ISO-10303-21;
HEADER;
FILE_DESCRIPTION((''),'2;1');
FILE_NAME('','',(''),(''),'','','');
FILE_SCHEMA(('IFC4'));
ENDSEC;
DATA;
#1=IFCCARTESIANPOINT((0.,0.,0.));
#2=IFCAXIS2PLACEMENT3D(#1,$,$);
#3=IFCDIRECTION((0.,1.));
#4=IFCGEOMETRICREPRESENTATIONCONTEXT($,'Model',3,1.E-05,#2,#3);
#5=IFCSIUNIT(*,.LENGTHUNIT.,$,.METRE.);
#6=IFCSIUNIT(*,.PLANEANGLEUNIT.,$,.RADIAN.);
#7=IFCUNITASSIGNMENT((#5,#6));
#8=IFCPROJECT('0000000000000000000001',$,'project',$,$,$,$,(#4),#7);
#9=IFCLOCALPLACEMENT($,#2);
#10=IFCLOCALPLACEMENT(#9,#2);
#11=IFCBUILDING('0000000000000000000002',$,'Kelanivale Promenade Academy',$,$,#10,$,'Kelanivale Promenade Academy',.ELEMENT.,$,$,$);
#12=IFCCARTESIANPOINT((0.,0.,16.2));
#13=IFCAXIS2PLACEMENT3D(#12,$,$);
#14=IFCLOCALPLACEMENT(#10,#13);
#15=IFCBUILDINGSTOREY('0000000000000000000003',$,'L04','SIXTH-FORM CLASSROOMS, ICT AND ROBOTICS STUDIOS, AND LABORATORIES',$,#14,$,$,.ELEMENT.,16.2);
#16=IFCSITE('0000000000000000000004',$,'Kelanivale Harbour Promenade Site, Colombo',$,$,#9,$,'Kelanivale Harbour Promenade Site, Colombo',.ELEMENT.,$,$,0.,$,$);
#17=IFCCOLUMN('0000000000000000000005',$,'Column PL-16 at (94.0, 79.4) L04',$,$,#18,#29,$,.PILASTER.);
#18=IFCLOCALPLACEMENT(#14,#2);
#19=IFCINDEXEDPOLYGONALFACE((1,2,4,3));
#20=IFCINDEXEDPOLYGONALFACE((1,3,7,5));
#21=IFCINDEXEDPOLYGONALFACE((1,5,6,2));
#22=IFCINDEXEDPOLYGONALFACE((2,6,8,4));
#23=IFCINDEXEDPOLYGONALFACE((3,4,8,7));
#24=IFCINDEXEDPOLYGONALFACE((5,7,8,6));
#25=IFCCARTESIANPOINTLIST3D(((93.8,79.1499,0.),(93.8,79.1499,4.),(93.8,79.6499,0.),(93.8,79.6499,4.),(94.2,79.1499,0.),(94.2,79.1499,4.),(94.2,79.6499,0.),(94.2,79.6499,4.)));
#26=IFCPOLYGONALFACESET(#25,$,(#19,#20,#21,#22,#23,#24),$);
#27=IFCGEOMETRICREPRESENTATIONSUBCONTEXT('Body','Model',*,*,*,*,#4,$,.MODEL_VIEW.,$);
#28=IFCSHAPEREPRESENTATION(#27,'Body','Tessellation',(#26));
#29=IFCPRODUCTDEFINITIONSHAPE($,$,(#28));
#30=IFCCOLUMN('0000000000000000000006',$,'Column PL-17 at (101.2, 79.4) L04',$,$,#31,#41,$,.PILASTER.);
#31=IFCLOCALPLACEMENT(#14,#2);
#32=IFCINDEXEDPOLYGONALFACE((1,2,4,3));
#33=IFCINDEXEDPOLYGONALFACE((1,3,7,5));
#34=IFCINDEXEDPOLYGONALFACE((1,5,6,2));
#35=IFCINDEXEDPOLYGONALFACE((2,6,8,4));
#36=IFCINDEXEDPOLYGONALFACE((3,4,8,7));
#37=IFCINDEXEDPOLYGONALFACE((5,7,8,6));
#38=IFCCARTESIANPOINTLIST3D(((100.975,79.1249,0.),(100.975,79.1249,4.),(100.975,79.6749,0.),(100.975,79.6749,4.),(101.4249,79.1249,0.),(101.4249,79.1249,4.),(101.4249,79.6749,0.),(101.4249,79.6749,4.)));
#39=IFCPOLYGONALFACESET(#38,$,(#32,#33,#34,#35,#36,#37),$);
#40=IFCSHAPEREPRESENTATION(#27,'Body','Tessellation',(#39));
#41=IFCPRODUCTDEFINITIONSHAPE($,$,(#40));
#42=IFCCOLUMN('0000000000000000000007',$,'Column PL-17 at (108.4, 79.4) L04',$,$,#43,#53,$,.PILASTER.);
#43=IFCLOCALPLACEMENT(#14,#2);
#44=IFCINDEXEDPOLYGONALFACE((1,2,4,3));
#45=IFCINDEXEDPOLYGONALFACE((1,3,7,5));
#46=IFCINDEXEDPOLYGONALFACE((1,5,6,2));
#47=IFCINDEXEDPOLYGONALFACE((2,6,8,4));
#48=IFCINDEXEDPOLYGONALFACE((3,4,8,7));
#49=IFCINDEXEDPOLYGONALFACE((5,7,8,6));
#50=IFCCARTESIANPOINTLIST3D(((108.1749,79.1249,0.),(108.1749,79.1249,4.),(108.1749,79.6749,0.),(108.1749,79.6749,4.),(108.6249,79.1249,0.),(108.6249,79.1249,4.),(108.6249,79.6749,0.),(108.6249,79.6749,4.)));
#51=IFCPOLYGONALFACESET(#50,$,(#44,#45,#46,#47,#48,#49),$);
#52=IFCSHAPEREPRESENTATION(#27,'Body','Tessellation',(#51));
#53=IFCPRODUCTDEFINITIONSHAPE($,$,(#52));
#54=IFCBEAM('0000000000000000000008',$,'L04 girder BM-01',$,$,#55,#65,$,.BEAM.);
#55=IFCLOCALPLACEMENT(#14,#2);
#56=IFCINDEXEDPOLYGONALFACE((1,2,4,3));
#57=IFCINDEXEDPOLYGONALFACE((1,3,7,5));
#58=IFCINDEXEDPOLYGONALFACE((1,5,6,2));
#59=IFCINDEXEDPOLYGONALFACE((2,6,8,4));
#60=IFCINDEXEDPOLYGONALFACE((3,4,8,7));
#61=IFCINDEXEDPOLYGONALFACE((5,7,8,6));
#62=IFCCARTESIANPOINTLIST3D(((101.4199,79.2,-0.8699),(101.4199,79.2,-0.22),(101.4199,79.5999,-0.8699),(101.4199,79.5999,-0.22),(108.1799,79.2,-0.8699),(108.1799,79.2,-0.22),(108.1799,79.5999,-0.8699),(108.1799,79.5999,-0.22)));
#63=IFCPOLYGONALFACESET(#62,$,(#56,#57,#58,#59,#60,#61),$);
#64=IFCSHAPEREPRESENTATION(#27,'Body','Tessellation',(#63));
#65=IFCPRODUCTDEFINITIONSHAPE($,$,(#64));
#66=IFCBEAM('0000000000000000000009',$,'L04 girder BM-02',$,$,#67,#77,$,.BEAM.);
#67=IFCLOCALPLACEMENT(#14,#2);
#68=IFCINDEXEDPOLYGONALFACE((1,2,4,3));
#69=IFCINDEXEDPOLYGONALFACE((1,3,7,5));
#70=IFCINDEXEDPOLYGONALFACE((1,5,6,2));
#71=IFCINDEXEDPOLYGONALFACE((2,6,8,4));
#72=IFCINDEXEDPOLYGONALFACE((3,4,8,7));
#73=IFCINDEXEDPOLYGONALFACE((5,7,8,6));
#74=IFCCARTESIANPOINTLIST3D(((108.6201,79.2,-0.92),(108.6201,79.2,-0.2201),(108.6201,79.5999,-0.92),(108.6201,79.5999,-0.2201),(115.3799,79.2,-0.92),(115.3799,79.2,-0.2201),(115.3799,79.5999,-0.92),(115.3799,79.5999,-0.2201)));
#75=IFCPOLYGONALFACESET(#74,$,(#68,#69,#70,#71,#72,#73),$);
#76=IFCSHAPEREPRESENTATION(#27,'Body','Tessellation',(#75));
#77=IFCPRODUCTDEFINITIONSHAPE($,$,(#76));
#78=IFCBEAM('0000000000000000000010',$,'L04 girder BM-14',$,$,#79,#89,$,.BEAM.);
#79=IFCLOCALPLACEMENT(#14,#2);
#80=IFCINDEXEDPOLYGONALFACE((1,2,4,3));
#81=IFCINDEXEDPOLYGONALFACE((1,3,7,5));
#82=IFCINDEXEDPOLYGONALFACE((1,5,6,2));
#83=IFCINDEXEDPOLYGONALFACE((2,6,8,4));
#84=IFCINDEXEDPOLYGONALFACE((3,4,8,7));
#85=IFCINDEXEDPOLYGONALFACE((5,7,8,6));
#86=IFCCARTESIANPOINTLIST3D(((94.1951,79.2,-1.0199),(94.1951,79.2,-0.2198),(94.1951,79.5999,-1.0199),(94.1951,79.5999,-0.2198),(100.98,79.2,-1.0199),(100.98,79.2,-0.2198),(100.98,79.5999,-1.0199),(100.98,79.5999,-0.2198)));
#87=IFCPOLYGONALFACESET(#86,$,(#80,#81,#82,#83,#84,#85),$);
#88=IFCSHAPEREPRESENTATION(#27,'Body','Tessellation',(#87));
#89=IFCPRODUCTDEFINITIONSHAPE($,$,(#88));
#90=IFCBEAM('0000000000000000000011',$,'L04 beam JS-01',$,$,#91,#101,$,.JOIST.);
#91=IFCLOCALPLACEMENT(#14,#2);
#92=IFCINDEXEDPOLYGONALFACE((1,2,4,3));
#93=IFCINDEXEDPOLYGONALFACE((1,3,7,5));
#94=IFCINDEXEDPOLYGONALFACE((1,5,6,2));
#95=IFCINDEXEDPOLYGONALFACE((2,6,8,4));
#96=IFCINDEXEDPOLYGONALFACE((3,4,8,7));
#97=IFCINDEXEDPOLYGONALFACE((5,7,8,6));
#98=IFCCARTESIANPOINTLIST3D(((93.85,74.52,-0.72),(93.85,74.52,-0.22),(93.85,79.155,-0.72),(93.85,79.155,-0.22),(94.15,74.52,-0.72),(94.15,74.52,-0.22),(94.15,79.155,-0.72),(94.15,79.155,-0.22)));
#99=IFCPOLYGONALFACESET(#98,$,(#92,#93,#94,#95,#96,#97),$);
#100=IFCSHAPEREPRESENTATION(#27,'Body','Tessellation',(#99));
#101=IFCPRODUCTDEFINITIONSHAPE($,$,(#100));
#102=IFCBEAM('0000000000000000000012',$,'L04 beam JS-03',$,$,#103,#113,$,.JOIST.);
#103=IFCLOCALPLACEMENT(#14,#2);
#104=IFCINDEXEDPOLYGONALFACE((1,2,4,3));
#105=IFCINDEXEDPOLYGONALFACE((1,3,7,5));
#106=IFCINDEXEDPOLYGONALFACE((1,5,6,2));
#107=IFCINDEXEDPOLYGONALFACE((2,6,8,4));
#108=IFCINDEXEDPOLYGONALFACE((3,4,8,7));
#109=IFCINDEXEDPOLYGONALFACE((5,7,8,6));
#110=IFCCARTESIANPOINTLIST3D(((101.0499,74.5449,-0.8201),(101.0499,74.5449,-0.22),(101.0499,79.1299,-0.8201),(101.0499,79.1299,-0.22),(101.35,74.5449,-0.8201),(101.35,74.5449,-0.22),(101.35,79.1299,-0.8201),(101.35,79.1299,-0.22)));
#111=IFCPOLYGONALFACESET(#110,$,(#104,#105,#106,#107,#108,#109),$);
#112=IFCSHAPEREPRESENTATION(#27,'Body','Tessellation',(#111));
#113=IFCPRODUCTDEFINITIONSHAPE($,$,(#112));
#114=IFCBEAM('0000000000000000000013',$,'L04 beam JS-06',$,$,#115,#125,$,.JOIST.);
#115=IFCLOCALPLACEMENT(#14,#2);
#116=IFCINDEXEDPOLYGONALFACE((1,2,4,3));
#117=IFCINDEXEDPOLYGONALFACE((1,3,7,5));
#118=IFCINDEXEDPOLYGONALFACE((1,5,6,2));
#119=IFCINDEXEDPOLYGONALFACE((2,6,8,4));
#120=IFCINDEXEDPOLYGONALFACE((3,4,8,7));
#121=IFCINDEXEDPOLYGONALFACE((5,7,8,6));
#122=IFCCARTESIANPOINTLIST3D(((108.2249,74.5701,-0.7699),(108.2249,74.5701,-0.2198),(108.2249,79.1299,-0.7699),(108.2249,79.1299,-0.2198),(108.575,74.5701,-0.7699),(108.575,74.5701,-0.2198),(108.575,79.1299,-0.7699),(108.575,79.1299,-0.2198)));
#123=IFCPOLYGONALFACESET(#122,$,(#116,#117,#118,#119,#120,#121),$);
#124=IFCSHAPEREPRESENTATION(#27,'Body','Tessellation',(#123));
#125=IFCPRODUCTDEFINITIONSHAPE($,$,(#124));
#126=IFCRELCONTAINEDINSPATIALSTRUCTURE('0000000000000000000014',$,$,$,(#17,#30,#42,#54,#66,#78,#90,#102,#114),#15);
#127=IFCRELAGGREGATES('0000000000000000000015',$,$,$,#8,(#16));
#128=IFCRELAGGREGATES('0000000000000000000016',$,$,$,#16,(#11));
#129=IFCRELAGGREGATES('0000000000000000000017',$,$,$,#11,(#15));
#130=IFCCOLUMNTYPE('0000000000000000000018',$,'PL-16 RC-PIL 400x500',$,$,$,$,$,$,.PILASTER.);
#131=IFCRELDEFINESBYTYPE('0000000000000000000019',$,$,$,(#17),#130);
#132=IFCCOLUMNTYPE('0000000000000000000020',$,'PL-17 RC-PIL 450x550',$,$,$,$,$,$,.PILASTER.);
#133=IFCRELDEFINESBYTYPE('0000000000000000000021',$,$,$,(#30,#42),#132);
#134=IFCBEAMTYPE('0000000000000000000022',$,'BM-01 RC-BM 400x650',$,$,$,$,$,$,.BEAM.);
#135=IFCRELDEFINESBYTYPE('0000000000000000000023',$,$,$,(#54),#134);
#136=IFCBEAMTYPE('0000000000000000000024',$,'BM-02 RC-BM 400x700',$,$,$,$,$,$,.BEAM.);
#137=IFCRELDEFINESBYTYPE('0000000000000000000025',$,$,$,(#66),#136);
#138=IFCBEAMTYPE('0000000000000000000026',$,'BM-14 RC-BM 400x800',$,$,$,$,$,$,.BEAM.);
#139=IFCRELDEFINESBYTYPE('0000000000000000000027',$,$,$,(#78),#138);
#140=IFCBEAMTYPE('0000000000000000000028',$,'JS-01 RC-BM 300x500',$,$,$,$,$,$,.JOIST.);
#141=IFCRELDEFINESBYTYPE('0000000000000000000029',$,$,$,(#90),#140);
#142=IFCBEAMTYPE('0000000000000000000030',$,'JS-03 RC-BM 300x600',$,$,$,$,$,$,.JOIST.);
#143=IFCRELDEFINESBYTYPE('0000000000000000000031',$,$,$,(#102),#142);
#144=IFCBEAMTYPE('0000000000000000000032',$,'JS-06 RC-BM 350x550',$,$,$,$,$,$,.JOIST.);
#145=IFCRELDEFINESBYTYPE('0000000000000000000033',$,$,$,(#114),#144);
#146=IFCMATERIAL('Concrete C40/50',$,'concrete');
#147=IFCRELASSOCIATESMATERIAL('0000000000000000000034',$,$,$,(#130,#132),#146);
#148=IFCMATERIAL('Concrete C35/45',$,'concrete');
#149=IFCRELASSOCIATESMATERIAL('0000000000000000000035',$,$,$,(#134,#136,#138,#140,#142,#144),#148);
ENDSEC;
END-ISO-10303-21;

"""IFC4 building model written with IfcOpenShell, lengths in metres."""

from ifc_helpers import new_model, si_unit, direction, frame, origin, origin_2d, place, context, subcontext, project, spatial, rectangle, extrude, material, material_profile, profile_set, type_object, element, save


model = new_model("IFC4")

# Units and contexts
model_context = context("Model", 3, precision=1e-05, world=origin(), true_north=direction((0.0, 1.0)))
body_context = subcontext(model_context, "Body", "Model", "MODEL_VIEW")
ifc_project = project(units=[si_unit("LENGTHUNIT", "METRE"), si_unit("PLANEANGLEUNIT", "RADIAN")], contexts=[model_context])

# Site, building, storey
site_placement = place(None, origin())
site = spatial("IfcSite", under=ifc_project, at=site_placement, Name="Kelanivale Harbour Promenade Site, Colombo", LongName="Kelanivale Harbour Promenade Site, Colombo", CompositionType="ELEMENT", RefElevation=0.0)
building_placement = place(site_placement, origin())
building = spatial("IfcBuilding", under=site, at=building_placement, Name="Kelanivale Promenade Academy", LongName="Kelanivale Promenade Academy", CompositionType="ELEMENT")
storey_placement = place(building_placement, frame((0.0, 0.0, 16.2)))
storey = spatial("IfcBuildingStorey", under=building, at=storey_placement, Name="L04", Description="SIXTH-FORM CLASSROOMS, ICT AND ROBOTICS STUDIOS, AND LABORATORIES", CompositionType="ELEMENT", Elevation=16.2)

# Columns
ifc_material_1 = material(Name="Concrete C40/50", Category="concrete")
ifc_material_profile_1 = material_profile(ifc_material_1, rectangle(XDim=0.3999, YDim=0.5, at=origin_2d()), Name="RC-PIL 400x500")
ifc_profile_set_1 = profile_set([ifc_material_profile_1], Name="Concrete C40/50")
column_type_1 = type_object("IfcColumnType", Name="PL-16 RC-PIL 400x500", PredefinedType="PILASTER", material=ifc_profile_set_1)
column_placement = place(storey_placement, frame((94.0, 79.3999, 0.0), z_axis=(0.0, 0.0, 1.0), x_axis=(1.0, 0.0, 0.0)))
element("IfcColumn", 1, at=column_placement, inside=storey, type_object=column_type_1, Name="Column PL-16 at (94.0, 79.4) L04", PredefinedType="PILASTER", context=body_context, shape_type="SweptSolid", body=[
    extrude(rectangle(XDim=0.3999, YDim=0.5, at=origin_2d()), origin(), (0.0, 0.0, 1.0), 4.0),
])
ifc_material_profile_2 = material_profile(ifc_material_1, rectangle(XDim=0.45, YDim=0.55, at=origin_2d()), Name="RC-PIL 450x550")
ifc_profile_set_2 = profile_set([ifc_material_profile_2], Name="Concrete C40/50")
column_type_2 = type_object("IfcColumnType", Name="PL-17 RC-PIL 450x550", PredefinedType="PILASTER", material=ifc_profile_set_2)
for number, where, z_axis, x_axis, name in (
    (2, (101.2, 79.3999, 0.0), (0.0, 0.0, 1.0), (1.0, 0.0, 0.0), "Column PL-17 at (101.2, 79.4) L04"),
    (3, (108.3999, 79.3999, 0.0), (0.0, 0.0, 1.0), (1.0, 0.0, 0.0), "Column PL-17 at (108.4, 79.4) L04"),
):
    element("IfcColumn", number, at=place(storey_placement, frame(where, z_axis=z_axis, x_axis=x_axis)), inside=storey, type_object=column_type_2, Name=name, PredefinedType="PILASTER", context=body_context, shape_type="SweptSolid", body=[
        extrude(rectangle(XDim=0.45, YDim=0.55, at=origin_2d()), origin(), (0.0, 0.0, 1.0), 4.0),
    ])

# Beams
ifc_material_2 = material(Name="Concrete C35/45", Category="concrete")
ifc_material_profile_3 = material_profile(ifc_material_2, rectangle(XDim=0.3999, YDim=0.6499, at=origin_2d()), Name="RC-BM 400x650")
ifc_profile_set_3 = profile_set([ifc_material_profile_3], Name="Concrete C35/45")
beam_type_1 = type_object("IfcBeamType", Name="BM-01 RC-BM 400x650", PredefinedType="BEAM", material=ifc_profile_set_3)
beam_1_placement = place(storey_placement, frame((101.4199, 79.3999, -0.5449), z_axis=(1.0, 0.0, 0.0), x_axis=(0.0, 1.0, 0.0)))
element("IfcBeam", 4, at=beam_1_placement, inside=storey, type_object=beam_type_1, Name="L04 girder BM-01", PredefinedType="BEAM", context=body_context, shape_type="SweptSolid", body=[
    extrude(rectangle(XDim=0.3999, YDim=0.6499, at=origin_2d()), origin(), (0.0, 0.0, 1.0), 6.76),
])
ifc_material_profile_4 = material_profile(ifc_material_2, rectangle(XDim=0.3999, YDim=0.7, at=origin_2d()), Name="RC-BM 400x700")
ifc_profile_set_4 = profile_set([ifc_material_profile_4], Name="Concrete C35/45")
beam_type_2 = type_object("IfcBeamType", Name="BM-02 RC-BM 400x700", PredefinedType="BEAM", material=ifc_profile_set_4)
beam_2_placement = place(storey_placement, frame((108.6201, 79.3999, -0.5701), z_axis=(1.0, 0.0, 0.0), x_axis=(0.0, 1.0, 0.0)))
element("IfcBeam", 5, at=beam_2_placement, inside=storey, type_object=beam_type_2, Name="L04 girder BM-02", PredefinedType="BEAM", context=body_context, shape_type="SweptSolid", body=[
    extrude(rectangle(XDim=0.3999, YDim=0.7, at=origin_2d()), origin(), (0.0, 0.0, 1.0), 6.7598),
])
ifc_material_profile_5 = material_profile(ifc_material_2, rectangle(XDim=0.3999, YDim=0.8, at=origin_2d()), Name="RC-BM 400x800")
ifc_profile_set_5 = profile_set([ifc_material_profile_5], Name="Concrete C35/45")
beam_type_3 = type_object("IfcBeamType", Name="BM-14 RC-BM 400x800", PredefinedType="BEAM", material=ifc_profile_set_5)
beam_3_placement = place(storey_placement, frame((94.1951, 79.3999, -0.6199), z_axis=(1.0, 0.0, 0.0), x_axis=(0.0, 1.0, 0.0)))
element("IfcBeam", 6, at=beam_3_placement, inside=storey, type_object=beam_type_3, Name="L04 girder BM-14", PredefinedType="BEAM", context=body_context, shape_type="SweptSolid", body=[
    extrude(rectangle(XDim=0.3999, YDim=0.8, at=origin_2d()), origin(), (0.0, 0.0, 1.0), 6.7849),
])
ifc_material_profile_6 = material_profile(ifc_material_2, rectangle(XDim=0.3, YDim=0.5, at=origin_2d()), Name="RC-BM 300x500")
ifc_profile_set_6 = profile_set([ifc_material_profile_6], Name="Concrete C35/45")
beam_type_4 = type_object("IfcBeamType", Name="JS-01 RC-BM 300x500", PredefinedType="JOIST", material=ifc_profile_set_6)
beam_4_placement = place(storey_placement, frame((94.0, 74.52, -0.47), z_axis=(0.0, 1.0, 0.0), x_axis=(-1.0, 0.0, 0.0)))
element("IfcBeam", 7, at=beam_4_placement, inside=storey, type_object=beam_type_4, Name="L04 beam JS-01", PredefinedType="JOIST", context=body_context, shape_type="SweptSolid", body=[
    extrude(rectangle(XDim=0.3, YDim=0.5, at=origin_2d()), origin(), (0.0, 0.0, 1.0), 4.635),
])
ifc_material_profile_7 = material_profile(ifc_material_2, rectangle(XDim=0.3, YDim=0.6001, at=origin_2d()), Name="RC-BM 300x600")
ifc_profile_set_7 = profile_set([ifc_material_profile_7], Name="Concrete C35/45")
beam_type_5 = type_object("IfcBeamType", Name="JS-03 RC-BM 300x600", PredefinedType="JOIST", material=ifc_profile_set_7)
beam_5_placement = place(storey_placement, frame((101.2, 74.5449, -0.52), z_axis=(0.0, 1.0, 0.0), x_axis=(-1.0, 0.0, 0.0)))
element("IfcBeam", 8, at=beam_5_placement, inside=storey, type_object=beam_type_5, Name="L04 beam JS-03", PredefinedType="JOIST", context=body_context, shape_type="SweptSolid", body=[
    extrude(rectangle(XDim=0.3, YDim=0.6001, at=origin_2d()), origin(), (0.0, 0.0, 1.0), 4.585),
])
ifc_material_profile_8 = material_profile(ifc_material_2, rectangle(XDim=0.3501, YDim=0.55, at=origin_2d()), Name="RC-BM 350x550")
ifc_profile_set_8 = profile_set([ifc_material_profile_8], Name="Concrete C35/45")
beam_type_6 = type_object("IfcBeamType", Name="JS-06 RC-BM 350x550", PredefinedType="JOIST", material=ifc_profile_set_8)
beam_6_placement = place(storey_placement, frame((108.3999, 74.5701, -0.4949), z_axis=(0.0, 1.0, 0.0), x_axis=(-1.0, 0.0, 0.0)))
element("IfcBeam", 9, at=beam_6_placement, inside=storey, type_object=beam_type_6, Name="L04 beam JS-06", PredefinedType="JOIST", context=body_context, shape_type="SweptSolid", body=[
    extrude(rectangle(XDim=0.3501, YDim=0.55, at=origin_2d()), origin(), (0.0, 0.0, 1.0), 4.5598),
])

save(model, "model.ifc")
